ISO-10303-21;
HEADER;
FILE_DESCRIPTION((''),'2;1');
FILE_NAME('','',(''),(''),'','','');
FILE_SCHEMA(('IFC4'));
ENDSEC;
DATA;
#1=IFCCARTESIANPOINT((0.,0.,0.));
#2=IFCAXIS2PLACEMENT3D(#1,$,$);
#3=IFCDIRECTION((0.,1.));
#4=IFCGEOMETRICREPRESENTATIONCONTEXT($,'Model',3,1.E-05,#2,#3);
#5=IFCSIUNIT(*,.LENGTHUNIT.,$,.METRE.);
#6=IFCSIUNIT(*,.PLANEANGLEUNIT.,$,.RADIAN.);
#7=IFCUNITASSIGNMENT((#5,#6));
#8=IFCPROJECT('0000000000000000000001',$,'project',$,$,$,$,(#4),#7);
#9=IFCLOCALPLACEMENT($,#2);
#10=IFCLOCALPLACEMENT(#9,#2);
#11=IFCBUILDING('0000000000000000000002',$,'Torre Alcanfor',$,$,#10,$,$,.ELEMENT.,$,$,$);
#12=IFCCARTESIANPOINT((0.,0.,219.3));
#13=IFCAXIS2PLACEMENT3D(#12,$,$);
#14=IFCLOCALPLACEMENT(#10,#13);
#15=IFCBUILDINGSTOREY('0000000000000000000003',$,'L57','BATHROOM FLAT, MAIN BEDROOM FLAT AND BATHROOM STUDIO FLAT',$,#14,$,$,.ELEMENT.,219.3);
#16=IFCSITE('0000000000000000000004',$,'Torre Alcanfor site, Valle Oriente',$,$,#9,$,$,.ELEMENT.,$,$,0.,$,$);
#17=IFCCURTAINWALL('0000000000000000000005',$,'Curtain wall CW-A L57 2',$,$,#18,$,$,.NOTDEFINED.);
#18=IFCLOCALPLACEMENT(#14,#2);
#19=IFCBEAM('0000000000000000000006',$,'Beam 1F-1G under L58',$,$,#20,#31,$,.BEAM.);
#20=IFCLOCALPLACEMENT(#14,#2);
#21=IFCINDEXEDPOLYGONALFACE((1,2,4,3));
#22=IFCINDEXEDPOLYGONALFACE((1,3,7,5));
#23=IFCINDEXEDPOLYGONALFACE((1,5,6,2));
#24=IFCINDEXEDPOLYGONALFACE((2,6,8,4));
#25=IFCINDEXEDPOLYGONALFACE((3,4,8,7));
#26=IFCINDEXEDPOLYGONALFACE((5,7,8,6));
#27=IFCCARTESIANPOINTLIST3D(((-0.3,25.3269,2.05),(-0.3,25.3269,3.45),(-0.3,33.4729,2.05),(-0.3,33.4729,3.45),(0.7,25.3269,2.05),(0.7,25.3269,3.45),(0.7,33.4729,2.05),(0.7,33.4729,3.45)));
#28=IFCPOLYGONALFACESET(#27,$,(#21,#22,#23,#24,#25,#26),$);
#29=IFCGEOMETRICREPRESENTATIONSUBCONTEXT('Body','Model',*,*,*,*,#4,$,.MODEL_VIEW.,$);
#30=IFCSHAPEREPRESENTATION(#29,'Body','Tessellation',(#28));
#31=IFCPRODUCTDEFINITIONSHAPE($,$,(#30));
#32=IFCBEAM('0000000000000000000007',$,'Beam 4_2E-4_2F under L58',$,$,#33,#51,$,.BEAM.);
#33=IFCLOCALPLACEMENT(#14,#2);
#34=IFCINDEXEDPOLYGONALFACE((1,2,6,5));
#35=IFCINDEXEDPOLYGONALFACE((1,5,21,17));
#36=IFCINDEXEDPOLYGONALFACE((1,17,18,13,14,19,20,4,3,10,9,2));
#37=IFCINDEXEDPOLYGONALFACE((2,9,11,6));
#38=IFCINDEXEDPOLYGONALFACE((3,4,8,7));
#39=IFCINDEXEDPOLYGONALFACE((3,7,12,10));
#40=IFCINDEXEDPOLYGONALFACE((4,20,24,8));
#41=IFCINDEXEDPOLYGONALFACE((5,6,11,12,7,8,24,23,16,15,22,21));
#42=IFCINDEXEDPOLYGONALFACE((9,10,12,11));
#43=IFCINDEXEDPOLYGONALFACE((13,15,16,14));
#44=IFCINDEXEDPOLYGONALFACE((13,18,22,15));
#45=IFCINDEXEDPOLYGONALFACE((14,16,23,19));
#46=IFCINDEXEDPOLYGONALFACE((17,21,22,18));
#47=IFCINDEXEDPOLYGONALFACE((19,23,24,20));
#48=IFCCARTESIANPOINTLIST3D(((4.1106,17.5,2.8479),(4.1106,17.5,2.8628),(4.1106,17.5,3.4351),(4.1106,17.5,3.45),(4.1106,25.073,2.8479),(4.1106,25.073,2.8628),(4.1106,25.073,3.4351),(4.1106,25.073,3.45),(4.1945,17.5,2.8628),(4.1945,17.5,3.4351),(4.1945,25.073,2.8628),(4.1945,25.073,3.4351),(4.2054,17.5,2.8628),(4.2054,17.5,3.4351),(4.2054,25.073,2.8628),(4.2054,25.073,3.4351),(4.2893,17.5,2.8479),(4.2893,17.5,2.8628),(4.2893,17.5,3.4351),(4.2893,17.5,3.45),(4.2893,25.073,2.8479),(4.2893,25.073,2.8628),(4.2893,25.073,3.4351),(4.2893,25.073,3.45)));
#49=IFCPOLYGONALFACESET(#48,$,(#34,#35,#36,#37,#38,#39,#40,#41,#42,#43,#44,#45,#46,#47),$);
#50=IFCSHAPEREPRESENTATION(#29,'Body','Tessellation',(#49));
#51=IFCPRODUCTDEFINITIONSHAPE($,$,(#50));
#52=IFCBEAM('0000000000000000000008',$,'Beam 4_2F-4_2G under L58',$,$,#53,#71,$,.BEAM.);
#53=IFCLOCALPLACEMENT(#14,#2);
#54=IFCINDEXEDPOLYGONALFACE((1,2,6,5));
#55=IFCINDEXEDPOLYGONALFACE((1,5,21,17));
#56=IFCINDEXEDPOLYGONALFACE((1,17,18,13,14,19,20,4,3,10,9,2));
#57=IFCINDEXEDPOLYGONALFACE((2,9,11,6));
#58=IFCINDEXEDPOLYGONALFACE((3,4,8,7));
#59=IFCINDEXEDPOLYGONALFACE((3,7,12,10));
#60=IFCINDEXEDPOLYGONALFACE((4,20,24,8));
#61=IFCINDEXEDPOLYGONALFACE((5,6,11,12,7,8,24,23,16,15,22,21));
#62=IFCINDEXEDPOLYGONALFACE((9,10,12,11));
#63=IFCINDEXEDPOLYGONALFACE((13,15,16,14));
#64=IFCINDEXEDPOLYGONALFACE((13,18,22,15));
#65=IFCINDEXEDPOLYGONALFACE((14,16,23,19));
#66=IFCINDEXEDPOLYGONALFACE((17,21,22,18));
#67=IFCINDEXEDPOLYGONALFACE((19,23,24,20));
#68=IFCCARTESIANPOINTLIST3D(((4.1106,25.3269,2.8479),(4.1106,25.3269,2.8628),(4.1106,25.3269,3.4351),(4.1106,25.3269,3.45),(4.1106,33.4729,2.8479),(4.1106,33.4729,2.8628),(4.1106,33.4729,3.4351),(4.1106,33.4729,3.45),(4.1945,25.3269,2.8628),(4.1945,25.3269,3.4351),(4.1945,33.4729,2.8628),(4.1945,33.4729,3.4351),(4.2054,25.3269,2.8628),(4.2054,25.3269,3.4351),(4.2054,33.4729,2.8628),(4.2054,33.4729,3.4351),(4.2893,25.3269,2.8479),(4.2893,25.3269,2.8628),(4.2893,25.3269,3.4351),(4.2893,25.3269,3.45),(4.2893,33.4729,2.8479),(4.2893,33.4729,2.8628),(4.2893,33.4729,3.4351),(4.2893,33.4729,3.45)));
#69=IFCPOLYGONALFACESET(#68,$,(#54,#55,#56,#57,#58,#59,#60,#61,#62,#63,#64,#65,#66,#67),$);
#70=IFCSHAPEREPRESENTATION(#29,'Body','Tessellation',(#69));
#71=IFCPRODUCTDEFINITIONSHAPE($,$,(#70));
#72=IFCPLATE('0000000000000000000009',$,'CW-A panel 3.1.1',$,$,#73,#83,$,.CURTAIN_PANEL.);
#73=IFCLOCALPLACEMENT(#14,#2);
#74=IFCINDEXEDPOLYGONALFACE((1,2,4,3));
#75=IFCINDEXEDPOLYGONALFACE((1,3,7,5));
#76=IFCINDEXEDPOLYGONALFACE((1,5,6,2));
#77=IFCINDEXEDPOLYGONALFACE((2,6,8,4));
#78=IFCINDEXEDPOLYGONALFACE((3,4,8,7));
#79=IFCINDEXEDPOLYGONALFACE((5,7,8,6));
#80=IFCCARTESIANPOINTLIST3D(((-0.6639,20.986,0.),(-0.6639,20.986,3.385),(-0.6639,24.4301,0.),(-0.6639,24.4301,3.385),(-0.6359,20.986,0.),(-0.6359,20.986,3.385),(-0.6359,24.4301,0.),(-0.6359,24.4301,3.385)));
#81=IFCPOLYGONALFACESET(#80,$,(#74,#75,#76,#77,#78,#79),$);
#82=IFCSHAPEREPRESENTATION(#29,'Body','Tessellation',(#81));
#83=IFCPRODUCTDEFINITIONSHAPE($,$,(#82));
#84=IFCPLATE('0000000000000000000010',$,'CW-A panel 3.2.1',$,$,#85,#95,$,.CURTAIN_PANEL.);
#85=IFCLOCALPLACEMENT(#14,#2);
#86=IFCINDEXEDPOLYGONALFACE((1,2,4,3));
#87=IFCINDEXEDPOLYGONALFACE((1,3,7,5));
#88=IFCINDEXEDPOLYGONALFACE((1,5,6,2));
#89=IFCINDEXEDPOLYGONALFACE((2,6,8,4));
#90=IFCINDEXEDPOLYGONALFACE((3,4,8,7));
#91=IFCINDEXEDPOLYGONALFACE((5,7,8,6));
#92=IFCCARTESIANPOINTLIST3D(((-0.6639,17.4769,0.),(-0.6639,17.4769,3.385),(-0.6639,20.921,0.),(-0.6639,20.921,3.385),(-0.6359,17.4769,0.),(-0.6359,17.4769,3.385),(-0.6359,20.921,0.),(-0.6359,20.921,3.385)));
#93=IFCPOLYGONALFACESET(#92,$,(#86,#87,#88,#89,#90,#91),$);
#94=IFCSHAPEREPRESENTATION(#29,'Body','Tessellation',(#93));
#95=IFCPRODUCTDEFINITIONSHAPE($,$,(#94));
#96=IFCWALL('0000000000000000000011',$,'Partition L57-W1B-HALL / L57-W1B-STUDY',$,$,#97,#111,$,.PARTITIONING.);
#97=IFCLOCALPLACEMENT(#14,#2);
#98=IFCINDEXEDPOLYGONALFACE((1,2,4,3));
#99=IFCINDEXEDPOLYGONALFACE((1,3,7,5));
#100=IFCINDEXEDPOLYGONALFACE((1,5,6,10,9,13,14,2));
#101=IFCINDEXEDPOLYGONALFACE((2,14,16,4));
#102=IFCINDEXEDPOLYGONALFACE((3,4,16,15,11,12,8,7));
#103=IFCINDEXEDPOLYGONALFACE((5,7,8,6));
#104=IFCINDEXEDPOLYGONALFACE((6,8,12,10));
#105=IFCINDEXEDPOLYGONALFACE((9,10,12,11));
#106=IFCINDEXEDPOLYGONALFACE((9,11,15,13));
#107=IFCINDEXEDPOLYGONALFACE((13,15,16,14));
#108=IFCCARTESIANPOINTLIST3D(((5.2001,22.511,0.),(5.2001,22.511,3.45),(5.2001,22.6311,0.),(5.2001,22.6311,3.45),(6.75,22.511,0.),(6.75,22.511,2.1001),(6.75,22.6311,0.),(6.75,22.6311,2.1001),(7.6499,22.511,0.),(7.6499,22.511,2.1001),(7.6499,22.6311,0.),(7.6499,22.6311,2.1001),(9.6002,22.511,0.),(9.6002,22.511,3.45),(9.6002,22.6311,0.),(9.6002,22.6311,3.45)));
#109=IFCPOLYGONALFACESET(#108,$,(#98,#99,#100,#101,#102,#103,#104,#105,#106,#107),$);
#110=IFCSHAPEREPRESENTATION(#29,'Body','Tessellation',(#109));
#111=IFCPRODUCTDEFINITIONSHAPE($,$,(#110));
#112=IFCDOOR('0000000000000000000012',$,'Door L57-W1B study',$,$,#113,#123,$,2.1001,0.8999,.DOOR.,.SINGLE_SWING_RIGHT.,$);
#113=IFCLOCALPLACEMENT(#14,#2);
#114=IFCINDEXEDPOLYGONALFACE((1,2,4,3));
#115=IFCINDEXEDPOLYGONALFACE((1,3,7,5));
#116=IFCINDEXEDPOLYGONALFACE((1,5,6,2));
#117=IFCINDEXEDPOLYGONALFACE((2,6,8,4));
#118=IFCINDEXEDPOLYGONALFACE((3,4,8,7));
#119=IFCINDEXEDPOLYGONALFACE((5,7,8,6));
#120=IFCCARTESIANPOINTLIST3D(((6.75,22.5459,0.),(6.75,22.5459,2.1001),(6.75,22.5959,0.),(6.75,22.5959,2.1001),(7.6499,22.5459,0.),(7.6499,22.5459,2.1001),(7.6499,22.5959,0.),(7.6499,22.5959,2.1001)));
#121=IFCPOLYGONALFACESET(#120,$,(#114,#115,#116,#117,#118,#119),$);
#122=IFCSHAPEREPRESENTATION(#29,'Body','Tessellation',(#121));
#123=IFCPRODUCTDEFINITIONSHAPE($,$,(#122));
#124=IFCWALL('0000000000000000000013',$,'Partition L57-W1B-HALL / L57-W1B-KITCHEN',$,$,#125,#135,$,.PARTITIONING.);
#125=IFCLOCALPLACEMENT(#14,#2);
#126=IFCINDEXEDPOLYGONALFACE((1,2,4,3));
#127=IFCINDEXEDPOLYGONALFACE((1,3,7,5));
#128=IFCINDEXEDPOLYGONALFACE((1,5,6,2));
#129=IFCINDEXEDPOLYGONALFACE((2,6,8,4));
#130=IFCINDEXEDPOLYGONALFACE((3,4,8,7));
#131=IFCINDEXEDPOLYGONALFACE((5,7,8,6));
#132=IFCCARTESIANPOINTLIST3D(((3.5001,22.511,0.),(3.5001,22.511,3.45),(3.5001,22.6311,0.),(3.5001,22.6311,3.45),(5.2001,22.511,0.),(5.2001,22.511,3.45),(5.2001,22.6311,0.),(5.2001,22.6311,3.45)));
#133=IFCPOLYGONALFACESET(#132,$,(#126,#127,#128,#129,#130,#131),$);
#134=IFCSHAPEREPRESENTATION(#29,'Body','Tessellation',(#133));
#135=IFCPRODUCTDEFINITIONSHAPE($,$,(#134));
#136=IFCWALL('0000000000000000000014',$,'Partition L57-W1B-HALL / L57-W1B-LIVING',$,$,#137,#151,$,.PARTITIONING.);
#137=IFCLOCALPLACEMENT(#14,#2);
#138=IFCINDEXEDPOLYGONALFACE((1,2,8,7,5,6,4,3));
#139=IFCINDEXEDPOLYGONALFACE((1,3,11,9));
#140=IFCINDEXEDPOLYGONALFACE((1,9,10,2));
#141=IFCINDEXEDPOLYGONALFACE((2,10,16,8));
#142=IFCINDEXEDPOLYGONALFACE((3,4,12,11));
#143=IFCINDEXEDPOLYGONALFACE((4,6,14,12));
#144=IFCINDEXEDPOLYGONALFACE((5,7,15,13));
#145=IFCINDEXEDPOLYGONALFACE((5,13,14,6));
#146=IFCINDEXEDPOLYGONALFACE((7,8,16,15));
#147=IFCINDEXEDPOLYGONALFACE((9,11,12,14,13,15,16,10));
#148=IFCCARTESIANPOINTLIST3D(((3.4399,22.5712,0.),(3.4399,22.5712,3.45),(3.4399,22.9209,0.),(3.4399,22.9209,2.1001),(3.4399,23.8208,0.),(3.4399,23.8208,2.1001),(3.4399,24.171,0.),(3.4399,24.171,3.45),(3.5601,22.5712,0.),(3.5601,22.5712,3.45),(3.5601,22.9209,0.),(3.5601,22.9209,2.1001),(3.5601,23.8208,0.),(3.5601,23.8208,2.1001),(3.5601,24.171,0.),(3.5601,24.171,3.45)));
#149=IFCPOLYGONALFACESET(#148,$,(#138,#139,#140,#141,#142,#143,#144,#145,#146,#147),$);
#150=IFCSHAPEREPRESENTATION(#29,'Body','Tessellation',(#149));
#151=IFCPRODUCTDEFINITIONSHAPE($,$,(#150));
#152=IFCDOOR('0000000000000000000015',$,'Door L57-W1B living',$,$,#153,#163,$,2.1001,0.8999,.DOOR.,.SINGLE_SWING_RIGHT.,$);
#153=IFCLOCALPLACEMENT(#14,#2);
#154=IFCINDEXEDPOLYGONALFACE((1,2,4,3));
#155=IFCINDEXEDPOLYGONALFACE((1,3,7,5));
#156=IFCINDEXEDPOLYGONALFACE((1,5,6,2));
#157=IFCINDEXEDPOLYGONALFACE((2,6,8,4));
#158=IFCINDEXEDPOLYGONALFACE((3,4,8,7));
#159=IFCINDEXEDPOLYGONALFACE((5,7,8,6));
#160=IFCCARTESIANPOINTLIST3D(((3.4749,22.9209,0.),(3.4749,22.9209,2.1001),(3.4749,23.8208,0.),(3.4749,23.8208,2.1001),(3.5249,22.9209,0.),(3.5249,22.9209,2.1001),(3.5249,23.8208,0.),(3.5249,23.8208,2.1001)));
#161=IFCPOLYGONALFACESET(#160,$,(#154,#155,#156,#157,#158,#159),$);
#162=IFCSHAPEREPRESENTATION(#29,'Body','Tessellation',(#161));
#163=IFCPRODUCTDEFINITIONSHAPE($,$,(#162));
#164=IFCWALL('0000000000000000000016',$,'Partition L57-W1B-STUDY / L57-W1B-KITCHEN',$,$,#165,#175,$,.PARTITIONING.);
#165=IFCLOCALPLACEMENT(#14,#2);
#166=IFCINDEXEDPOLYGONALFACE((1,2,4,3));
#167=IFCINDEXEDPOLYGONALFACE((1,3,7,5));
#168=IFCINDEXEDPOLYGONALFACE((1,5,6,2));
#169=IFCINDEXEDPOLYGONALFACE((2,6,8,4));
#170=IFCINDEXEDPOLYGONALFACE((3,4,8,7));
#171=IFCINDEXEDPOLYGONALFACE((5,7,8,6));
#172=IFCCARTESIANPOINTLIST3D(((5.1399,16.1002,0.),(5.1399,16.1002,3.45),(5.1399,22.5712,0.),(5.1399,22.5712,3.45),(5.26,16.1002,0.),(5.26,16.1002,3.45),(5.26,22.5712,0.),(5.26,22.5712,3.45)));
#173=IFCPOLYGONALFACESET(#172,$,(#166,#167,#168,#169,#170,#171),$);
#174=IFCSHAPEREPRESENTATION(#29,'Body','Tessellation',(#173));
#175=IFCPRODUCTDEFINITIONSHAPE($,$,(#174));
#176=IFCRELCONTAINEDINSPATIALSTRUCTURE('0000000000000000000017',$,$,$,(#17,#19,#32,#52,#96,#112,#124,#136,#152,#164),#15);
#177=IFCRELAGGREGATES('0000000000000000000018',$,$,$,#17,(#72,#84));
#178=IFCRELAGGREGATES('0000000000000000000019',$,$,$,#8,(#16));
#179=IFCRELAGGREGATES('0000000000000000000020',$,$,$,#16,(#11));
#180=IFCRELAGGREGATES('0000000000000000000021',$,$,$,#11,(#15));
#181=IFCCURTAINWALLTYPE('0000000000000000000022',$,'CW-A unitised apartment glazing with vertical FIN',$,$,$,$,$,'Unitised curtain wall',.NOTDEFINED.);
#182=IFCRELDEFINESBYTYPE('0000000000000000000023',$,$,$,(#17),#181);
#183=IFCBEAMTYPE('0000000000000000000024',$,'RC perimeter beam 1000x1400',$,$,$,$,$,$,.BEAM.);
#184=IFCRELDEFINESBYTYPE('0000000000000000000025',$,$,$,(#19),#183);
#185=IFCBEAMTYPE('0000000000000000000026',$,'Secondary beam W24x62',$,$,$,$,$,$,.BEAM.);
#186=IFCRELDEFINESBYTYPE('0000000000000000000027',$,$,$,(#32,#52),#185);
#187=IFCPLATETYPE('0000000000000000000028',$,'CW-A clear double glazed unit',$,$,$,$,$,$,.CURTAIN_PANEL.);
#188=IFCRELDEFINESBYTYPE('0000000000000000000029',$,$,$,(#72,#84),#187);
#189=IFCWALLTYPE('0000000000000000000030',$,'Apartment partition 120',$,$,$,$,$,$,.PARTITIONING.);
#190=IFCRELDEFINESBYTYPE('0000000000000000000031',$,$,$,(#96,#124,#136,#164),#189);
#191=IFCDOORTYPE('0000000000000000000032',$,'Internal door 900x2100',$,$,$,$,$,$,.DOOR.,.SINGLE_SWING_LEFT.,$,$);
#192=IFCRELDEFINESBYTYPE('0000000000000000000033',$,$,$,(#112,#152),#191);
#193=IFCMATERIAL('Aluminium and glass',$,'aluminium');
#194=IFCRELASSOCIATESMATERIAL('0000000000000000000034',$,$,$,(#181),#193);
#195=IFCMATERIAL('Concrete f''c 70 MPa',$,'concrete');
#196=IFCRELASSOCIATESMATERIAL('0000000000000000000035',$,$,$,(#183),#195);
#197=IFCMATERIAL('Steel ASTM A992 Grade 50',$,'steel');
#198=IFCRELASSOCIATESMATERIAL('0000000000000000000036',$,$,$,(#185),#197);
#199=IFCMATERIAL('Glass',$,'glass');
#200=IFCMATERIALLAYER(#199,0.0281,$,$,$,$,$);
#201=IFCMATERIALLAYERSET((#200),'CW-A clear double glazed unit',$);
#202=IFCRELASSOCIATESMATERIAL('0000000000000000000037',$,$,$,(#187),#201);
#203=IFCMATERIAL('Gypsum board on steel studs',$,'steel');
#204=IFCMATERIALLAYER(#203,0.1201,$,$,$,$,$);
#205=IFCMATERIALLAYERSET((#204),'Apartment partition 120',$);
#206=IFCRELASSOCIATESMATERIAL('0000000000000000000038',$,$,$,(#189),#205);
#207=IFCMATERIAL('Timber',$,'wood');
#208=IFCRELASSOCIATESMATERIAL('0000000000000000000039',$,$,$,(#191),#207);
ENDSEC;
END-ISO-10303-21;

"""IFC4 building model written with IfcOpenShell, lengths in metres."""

from ifc_helpers import new_model, si_unit, direction, frame, frame_2d, origin, origin_2d, place, context, subcontext, project, spatial, rectangle, i_section, extrude, material, layer, layer_set, material_profile, profile_set, type_object, element, fill, aggregate, save


model = new_model("IFC4")

# Units and contexts
model_context = context("Model", 3, precision=1e-05, world=origin(), true_north=direction((0.0, 1.0)))
body_context = subcontext(model_context, "Body", "Model", "MODEL_VIEW")
ifc_project = project(units=[si_unit("LENGTHUNIT", "METRE"), si_unit("PLANEANGLEUNIT", "RADIAN")], contexts=[model_context])

# Site, building, storey
site_placement = place(None, origin())
site = spatial("IfcSite", under=ifc_project, at=site_placement, Name="Torre Alcanfor site, Valle Oriente", CompositionType="ELEMENT", RefElevation=0.0)
building_placement = place(site_placement, origin())
building = spatial("IfcBuilding", under=site, at=building_placement, Name="Torre Alcanfor", CompositionType="ELEMENT")
storey_placement = place(building_placement, frame((0.0, 0.0, 219.3)))
storey = spatial("IfcBuildingStorey", under=building, at=storey_placement, Name="L57", Description="BATHROOM FLAT, MAIN BEDROOM FLAT AND BATHROOM STUDIO FLAT", CompositionType="ELEMENT", Elevation=219.3)

# Curtain wall
ifc_material_1 = material(Name="Aluminium and glass", Category="aluminium")
curtain_wall_type = type_object("IfcCurtainWallType", Name="CW-A unitised apartment glazing with vertical FIN", ElementType="Unitised curtain wall", PredefinedType="NOTDEFINED", material=ifc_material_1)
curtain_wall_placement = place(storey_placement, origin())
curtain_wall = element("IfcCurtainWall", 1, at=curtain_wall_placement, inside=storey, type_object=curtain_wall_type, Name="Curtain wall CW-A L57 2", PredefinedType="NOTDEFINED")

# Beams
ifc_material_2 = material(Name="Concrete f'c 70 MPa", Category="concrete")
ifc_material_profile_1 = material_profile(ifc_material_2, rectangle(XDim=1.0, YDim=1.3999, at=origin_2d()), Name="1000x1400")
ifc_profile_set_1 = profile_set([ifc_material_profile_1], Name="Concrete f'c 70 MPa")
beam_type_1 = type_object("IfcBeamType", Name="RC perimeter beam 1000x1400", PredefinedType="BEAM", material=ifc_profile_set_1)
beam_1_placement = place(storey_placement, frame((0.2, 25.3269, 2.75), z_axis=(0.0, 1.0, 0.0), x_axis=(-1.0, 0.0, 0.0)))
element("IfcBeam", 2, at=beam_1_placement, inside=storey, type_object=beam_type_1, Name="Beam 1F-1G under L58", PredefinedType="BEAM", context=body_context, shape_type="SweptSolid", body=[
    extrude(rectangle(XDim=1.0, YDim=1.3999, at=origin_2d()), origin(), (0.0, 0.0, 1.0), 8.146),
])
ifc_material_3 = material(Name="Steel ASTM A992 Grade 50", Category="steel")
ifc_material_profile_2 = material_profile(ifc_material_3, i_section(OverallWidth=0.1787, OverallDepth=0.6021, WebThickness=0.011, FlangeThickness=0.0149, at=origin_2d()), Name="W24x62")
ifc_profile_set_2 = profile_set([ifc_material_profile_2], Name="Steel ASTM A992 Grade 50")
beam_type_2 = type_object("IfcBeamType", Name="Secondary beam W24x62", PredefinedType="BEAM", material=ifc_profile_set_2)
beam_2_placement = place(storey_placement, frame((4.2, 17.5, 3.1489), z_axis=(0.0, 1.0, 0.0), x_axis=(-1.0, 0.0, 0.0)))
element("IfcBeam", 3, at=beam_2_placement, inside=storey, type_object=beam_type_2, Name="Beam 4_2E-4_2F under L58", PredefinedType="BEAM", context=body_context, shape_type="SweptSolid", body=[
    extrude(i_section(OverallWidth=0.1787, OverallDepth=0.6021, WebThickness=0.011, FlangeThickness=0.0149, at=origin_2d()), origin(), (0.0, 0.0, 1.0), 7.573),
])
beam_3_placement = place(storey_placement, frame((4.2, 25.3269, 3.1489), z_axis=(0.0, 1.0, 0.0), x_axis=(-1.0, 0.0, 0.0)))
element("IfcBeam", 4, at=beam_3_placement, inside=storey, type_object=beam_type_2, Name="Beam 4_2F-4_2G under L58", PredefinedType="BEAM", context=body_context, shape_type="SweptSolid", body=[
    extrude(i_section(OverallWidth=0.1787, OverallDepth=0.6021, WebThickness=0.011, FlangeThickness=0.0149, at=origin_2d()), origin(), (0.0, 0.0, 1.0), 8.146),
])

# Plates
ifc_material_4 = material(Name="Glass", Category="glass")
ifc_layer_1 = layer(ifc_material_4, 0.0281)
ifc_layer_set_1 = layer_set([ifc_layer_1], Name="CW-A clear double glazed unit")
plate_type = type_object("IfcPlateType", Name="CW-A clear double glazed unit", PredefinedType="CURTAIN_PANEL", material=ifc_layer_set_1)
plate_1_placement = place(storey_placement, frame((-0.6499, 22.708, 0.0), z_axis=(0.0, 0.0, 1.0), x_axis=(0.0, -1.0, 0.0)))
plate_1 = element("IfcPlate", 5, at=plate_1_placement, type_object=plate_type, Name="CW-A panel 3.1.1", PredefinedType="CURTAIN_PANEL", context=body_context, shape_type="SweptSolid", body=[
    extrude(rectangle(XDim=3.4441, YDim=0.0281, at=origin_2d()), origin(), (0.0, 0.0, 1.0), 3.385),
])
plate_2_placement = place(storey_placement, frame((-0.6499, 19.199, 0.0), z_axis=(0.0, 0.0, 1.0), x_axis=(0.0, -1.0, 0.0)))
plate_2 = element("IfcPlate", 6, at=plate_2_placement, type_object=plate_type, Name="CW-A panel 3.2.1", PredefinedType="CURTAIN_PANEL", context=body_context, shape_type="SweptSolid", body=[
    extrude(rectangle(XDim=3.4441, YDim=0.0281, at=origin_2d()), origin(), (0.0, 0.0, 1.0), 3.385),
])
aggregate(curtain_wall, [plate_1, plate_2])

# Wall, opening, door
ifc_material_5 = material(Name="Gypsum board on steel studs", Category="steel")
ifc_layer_2 = layer(ifc_material_5, 0.1201)
ifc_layer_set_2 = layer_set([ifc_layer_2], Name="Apartment partition 120")
wall_type_1 = type_object("IfcWallType", Name="Apartment partition 120", PredefinedType="PARTITIONING", material=ifc_layer_set_2)
wall_1_placement = place(storey_placement, frame((5.2, 22.571, 0.0), z_axis=(0.0, 0.0, 1.0), x_axis=(1.0, 0.0, 0.0)))
wall_1 = element("IfcWall", 7, at=wall_1_placement, inside=storey, type_object=wall_type_1, Name="Partition L57-W1B-HALL / L57-W1B-STUDY", PredefinedType="PARTITIONING", context=body_context, shape_type="SweptSolid", body=[
    extrude(rectangle(XDim=4.4001, YDim=0.1201, at=frame_2d((2.2002, 0.0))), origin(), (0.0, 0.0, 1.0), 3.45),
])
opening_1_placement = place(wall_1_placement, frame((1.55, 0.0, 0.0)))
opening_1 = element("IfcOpeningElement", 8, at=opening_1_placement, cuts=wall_1, PredefinedType="OPENING", context=body_context, shape_type="SweptSolid", body=[
    extrude(rectangle(XDim=0.8999, YDim=2.1001, at=frame_2d((0.45, 1.05))), frame((0.0, 0.0701, 0.0), z_axis=(0.0, -1.0, 0.0), x_axis=(1.0, 0.0, 0.0)), (0.0, 0.0, 1.0), 0.1401),
])
ifc_material_6 = material(Name="Timber", Category="wood")
door_type = type_object("IfcDoorType", Name="Internal door 900x2100", OperationType="SINGLE_SWING_LEFT", PredefinedType="DOOR", material=ifc_material_6)
door_1_placement = place(opening_1_placement, frame((0.8999, 0.0, 0.0), z_axis=(0.0, 0.0, 1.0), x_axis=(-1.0, 0.0, 0.0)))
door_1 = element("IfcDoor", 9, at=door_1_placement, inside=storey, type_object=door_type, Name="Door L57-W1B study", OperationType="SINGLE_SWING_RIGHT", OverallHeight=2.1001, OverallWidth=0.8999, PredefinedType="DOOR", context=body_context, shape_type="SweptSolid", body=[
    extrude(rectangle(XDim=0.8999, YDim=2.1001, at=frame_2d((0.45, 1.05))), frame((0.0, 0.0251, 0.0), z_axis=(0.0, -1.0, 0.0), x_axis=(1.0, 0.0, 0.0)), (0.0, 0.0, 1.0), 0.05),
])
fill(opening_1, door_1)

# Wall
wall_2_placement = place(storey_placement, frame((3.5, 22.571, 0.0), z_axis=(0.0, 0.0, 1.0), x_axis=(1.0, 0.0, 0.0)))
element("IfcWall", 10, at=wall_2_placement, inside=storey, type_object=wall_type_1, Name="Partition L57-W1B-HALL / L57-W1B-KITCHEN", PredefinedType="PARTITIONING", context=body_context, shape_type="SweptSolid", body=[
    extrude(rectangle(XDim=1.7, YDim=0.1201, at=frame_2d((0.8501, 0.0))), origin(), (0.0, 0.0, 1.0), 3.45),
])

# Wall, opening, door
wall_3_placement = place(storey_placement, frame((3.5, 24.1709, 0.0), z_axis=(0.0, 0.0, 1.0), x_axis=(0.0, -1.0, 0.0)))
wall_3 = element("IfcWall", 11, at=wall_3_placement, inside=storey, type_object=wall_type_1, Name="Partition L57-W1B-HALL / L57-W1B-LIVING", PredefinedType="PARTITIONING", context=body_context, shape_type="SweptSolid", body=[
    extrude(rectangle(XDim=1.5999, YDim=0.1201, at=frame_2d((0.7998, 0.0))), origin(), (0.0, 0.0, 1.0), 3.45),
])
opening_2_placement = place(wall_3_placement, frame((0.3501, 0.0, 0.0)))
opening_2 = element("IfcOpeningElement", 12, at=opening_2_placement, cuts=wall_3, PredefinedType="OPENING", context=body_context, shape_type="SweptSolid", body=[
    extrude(rectangle(XDim=0.8999, YDim=2.1001, at=frame_2d((0.45, 1.05))), frame((0.0, 0.0701, 0.0), z_axis=(0.0, -1.0, 0.0), x_axis=(1.0, 0.0, 0.0)), (0.0, 0.0, 1.0), 0.1401),
])
door_2_placement = place(opening_2_placement, frame((0.8999, 0.0, 0.0), z_axis=(0.0, 0.0, 1.0), x_axis=(-1.0, 0.0, 0.0)))
door_2 = element("IfcDoor", 13, at=door_2_placement, inside=storey, type_object=door_type, Name="Door L57-W1B living", OperationType="SINGLE_SWING_RIGHT", OverallHeight=2.1001, OverallWidth=0.8999, PredefinedType="DOOR", context=body_context, shape_type="SweptSolid", body=[
    extrude(rectangle(XDim=0.8999, YDim=2.1001, at=frame_2d((0.45, 1.05))), frame((0.0, 0.0251, 0.0), z_axis=(0.0, -1.0, 0.0), x_axis=(1.0, 0.0, 0.0)), (0.0, 0.0, 1.0), 0.05),
])
fill(opening_2, door_2)

# Wall
wall_4_placement = place(storey_placement, frame((5.2, 22.571, 0.0), z_axis=(0.0, 0.0, 1.0), x_axis=(0.0, -1.0, 0.0)))
element("IfcWall", 14, at=wall_4_placement, inside=storey, type_object=wall_type_1, Name="Partition L57-W1B-STUDY / L57-W1B-KITCHEN", PredefinedType="PARTITIONING", context=body_context, shape_type="SweptSolid", body=[
    extrude(rectangle(XDim=6.4709, YDim=0.1201, at=frame_2d((3.2354, 0.0))), origin(), (0.0, 0.0, 1.0), 3.45),
])

save(model, "model.ifc")
